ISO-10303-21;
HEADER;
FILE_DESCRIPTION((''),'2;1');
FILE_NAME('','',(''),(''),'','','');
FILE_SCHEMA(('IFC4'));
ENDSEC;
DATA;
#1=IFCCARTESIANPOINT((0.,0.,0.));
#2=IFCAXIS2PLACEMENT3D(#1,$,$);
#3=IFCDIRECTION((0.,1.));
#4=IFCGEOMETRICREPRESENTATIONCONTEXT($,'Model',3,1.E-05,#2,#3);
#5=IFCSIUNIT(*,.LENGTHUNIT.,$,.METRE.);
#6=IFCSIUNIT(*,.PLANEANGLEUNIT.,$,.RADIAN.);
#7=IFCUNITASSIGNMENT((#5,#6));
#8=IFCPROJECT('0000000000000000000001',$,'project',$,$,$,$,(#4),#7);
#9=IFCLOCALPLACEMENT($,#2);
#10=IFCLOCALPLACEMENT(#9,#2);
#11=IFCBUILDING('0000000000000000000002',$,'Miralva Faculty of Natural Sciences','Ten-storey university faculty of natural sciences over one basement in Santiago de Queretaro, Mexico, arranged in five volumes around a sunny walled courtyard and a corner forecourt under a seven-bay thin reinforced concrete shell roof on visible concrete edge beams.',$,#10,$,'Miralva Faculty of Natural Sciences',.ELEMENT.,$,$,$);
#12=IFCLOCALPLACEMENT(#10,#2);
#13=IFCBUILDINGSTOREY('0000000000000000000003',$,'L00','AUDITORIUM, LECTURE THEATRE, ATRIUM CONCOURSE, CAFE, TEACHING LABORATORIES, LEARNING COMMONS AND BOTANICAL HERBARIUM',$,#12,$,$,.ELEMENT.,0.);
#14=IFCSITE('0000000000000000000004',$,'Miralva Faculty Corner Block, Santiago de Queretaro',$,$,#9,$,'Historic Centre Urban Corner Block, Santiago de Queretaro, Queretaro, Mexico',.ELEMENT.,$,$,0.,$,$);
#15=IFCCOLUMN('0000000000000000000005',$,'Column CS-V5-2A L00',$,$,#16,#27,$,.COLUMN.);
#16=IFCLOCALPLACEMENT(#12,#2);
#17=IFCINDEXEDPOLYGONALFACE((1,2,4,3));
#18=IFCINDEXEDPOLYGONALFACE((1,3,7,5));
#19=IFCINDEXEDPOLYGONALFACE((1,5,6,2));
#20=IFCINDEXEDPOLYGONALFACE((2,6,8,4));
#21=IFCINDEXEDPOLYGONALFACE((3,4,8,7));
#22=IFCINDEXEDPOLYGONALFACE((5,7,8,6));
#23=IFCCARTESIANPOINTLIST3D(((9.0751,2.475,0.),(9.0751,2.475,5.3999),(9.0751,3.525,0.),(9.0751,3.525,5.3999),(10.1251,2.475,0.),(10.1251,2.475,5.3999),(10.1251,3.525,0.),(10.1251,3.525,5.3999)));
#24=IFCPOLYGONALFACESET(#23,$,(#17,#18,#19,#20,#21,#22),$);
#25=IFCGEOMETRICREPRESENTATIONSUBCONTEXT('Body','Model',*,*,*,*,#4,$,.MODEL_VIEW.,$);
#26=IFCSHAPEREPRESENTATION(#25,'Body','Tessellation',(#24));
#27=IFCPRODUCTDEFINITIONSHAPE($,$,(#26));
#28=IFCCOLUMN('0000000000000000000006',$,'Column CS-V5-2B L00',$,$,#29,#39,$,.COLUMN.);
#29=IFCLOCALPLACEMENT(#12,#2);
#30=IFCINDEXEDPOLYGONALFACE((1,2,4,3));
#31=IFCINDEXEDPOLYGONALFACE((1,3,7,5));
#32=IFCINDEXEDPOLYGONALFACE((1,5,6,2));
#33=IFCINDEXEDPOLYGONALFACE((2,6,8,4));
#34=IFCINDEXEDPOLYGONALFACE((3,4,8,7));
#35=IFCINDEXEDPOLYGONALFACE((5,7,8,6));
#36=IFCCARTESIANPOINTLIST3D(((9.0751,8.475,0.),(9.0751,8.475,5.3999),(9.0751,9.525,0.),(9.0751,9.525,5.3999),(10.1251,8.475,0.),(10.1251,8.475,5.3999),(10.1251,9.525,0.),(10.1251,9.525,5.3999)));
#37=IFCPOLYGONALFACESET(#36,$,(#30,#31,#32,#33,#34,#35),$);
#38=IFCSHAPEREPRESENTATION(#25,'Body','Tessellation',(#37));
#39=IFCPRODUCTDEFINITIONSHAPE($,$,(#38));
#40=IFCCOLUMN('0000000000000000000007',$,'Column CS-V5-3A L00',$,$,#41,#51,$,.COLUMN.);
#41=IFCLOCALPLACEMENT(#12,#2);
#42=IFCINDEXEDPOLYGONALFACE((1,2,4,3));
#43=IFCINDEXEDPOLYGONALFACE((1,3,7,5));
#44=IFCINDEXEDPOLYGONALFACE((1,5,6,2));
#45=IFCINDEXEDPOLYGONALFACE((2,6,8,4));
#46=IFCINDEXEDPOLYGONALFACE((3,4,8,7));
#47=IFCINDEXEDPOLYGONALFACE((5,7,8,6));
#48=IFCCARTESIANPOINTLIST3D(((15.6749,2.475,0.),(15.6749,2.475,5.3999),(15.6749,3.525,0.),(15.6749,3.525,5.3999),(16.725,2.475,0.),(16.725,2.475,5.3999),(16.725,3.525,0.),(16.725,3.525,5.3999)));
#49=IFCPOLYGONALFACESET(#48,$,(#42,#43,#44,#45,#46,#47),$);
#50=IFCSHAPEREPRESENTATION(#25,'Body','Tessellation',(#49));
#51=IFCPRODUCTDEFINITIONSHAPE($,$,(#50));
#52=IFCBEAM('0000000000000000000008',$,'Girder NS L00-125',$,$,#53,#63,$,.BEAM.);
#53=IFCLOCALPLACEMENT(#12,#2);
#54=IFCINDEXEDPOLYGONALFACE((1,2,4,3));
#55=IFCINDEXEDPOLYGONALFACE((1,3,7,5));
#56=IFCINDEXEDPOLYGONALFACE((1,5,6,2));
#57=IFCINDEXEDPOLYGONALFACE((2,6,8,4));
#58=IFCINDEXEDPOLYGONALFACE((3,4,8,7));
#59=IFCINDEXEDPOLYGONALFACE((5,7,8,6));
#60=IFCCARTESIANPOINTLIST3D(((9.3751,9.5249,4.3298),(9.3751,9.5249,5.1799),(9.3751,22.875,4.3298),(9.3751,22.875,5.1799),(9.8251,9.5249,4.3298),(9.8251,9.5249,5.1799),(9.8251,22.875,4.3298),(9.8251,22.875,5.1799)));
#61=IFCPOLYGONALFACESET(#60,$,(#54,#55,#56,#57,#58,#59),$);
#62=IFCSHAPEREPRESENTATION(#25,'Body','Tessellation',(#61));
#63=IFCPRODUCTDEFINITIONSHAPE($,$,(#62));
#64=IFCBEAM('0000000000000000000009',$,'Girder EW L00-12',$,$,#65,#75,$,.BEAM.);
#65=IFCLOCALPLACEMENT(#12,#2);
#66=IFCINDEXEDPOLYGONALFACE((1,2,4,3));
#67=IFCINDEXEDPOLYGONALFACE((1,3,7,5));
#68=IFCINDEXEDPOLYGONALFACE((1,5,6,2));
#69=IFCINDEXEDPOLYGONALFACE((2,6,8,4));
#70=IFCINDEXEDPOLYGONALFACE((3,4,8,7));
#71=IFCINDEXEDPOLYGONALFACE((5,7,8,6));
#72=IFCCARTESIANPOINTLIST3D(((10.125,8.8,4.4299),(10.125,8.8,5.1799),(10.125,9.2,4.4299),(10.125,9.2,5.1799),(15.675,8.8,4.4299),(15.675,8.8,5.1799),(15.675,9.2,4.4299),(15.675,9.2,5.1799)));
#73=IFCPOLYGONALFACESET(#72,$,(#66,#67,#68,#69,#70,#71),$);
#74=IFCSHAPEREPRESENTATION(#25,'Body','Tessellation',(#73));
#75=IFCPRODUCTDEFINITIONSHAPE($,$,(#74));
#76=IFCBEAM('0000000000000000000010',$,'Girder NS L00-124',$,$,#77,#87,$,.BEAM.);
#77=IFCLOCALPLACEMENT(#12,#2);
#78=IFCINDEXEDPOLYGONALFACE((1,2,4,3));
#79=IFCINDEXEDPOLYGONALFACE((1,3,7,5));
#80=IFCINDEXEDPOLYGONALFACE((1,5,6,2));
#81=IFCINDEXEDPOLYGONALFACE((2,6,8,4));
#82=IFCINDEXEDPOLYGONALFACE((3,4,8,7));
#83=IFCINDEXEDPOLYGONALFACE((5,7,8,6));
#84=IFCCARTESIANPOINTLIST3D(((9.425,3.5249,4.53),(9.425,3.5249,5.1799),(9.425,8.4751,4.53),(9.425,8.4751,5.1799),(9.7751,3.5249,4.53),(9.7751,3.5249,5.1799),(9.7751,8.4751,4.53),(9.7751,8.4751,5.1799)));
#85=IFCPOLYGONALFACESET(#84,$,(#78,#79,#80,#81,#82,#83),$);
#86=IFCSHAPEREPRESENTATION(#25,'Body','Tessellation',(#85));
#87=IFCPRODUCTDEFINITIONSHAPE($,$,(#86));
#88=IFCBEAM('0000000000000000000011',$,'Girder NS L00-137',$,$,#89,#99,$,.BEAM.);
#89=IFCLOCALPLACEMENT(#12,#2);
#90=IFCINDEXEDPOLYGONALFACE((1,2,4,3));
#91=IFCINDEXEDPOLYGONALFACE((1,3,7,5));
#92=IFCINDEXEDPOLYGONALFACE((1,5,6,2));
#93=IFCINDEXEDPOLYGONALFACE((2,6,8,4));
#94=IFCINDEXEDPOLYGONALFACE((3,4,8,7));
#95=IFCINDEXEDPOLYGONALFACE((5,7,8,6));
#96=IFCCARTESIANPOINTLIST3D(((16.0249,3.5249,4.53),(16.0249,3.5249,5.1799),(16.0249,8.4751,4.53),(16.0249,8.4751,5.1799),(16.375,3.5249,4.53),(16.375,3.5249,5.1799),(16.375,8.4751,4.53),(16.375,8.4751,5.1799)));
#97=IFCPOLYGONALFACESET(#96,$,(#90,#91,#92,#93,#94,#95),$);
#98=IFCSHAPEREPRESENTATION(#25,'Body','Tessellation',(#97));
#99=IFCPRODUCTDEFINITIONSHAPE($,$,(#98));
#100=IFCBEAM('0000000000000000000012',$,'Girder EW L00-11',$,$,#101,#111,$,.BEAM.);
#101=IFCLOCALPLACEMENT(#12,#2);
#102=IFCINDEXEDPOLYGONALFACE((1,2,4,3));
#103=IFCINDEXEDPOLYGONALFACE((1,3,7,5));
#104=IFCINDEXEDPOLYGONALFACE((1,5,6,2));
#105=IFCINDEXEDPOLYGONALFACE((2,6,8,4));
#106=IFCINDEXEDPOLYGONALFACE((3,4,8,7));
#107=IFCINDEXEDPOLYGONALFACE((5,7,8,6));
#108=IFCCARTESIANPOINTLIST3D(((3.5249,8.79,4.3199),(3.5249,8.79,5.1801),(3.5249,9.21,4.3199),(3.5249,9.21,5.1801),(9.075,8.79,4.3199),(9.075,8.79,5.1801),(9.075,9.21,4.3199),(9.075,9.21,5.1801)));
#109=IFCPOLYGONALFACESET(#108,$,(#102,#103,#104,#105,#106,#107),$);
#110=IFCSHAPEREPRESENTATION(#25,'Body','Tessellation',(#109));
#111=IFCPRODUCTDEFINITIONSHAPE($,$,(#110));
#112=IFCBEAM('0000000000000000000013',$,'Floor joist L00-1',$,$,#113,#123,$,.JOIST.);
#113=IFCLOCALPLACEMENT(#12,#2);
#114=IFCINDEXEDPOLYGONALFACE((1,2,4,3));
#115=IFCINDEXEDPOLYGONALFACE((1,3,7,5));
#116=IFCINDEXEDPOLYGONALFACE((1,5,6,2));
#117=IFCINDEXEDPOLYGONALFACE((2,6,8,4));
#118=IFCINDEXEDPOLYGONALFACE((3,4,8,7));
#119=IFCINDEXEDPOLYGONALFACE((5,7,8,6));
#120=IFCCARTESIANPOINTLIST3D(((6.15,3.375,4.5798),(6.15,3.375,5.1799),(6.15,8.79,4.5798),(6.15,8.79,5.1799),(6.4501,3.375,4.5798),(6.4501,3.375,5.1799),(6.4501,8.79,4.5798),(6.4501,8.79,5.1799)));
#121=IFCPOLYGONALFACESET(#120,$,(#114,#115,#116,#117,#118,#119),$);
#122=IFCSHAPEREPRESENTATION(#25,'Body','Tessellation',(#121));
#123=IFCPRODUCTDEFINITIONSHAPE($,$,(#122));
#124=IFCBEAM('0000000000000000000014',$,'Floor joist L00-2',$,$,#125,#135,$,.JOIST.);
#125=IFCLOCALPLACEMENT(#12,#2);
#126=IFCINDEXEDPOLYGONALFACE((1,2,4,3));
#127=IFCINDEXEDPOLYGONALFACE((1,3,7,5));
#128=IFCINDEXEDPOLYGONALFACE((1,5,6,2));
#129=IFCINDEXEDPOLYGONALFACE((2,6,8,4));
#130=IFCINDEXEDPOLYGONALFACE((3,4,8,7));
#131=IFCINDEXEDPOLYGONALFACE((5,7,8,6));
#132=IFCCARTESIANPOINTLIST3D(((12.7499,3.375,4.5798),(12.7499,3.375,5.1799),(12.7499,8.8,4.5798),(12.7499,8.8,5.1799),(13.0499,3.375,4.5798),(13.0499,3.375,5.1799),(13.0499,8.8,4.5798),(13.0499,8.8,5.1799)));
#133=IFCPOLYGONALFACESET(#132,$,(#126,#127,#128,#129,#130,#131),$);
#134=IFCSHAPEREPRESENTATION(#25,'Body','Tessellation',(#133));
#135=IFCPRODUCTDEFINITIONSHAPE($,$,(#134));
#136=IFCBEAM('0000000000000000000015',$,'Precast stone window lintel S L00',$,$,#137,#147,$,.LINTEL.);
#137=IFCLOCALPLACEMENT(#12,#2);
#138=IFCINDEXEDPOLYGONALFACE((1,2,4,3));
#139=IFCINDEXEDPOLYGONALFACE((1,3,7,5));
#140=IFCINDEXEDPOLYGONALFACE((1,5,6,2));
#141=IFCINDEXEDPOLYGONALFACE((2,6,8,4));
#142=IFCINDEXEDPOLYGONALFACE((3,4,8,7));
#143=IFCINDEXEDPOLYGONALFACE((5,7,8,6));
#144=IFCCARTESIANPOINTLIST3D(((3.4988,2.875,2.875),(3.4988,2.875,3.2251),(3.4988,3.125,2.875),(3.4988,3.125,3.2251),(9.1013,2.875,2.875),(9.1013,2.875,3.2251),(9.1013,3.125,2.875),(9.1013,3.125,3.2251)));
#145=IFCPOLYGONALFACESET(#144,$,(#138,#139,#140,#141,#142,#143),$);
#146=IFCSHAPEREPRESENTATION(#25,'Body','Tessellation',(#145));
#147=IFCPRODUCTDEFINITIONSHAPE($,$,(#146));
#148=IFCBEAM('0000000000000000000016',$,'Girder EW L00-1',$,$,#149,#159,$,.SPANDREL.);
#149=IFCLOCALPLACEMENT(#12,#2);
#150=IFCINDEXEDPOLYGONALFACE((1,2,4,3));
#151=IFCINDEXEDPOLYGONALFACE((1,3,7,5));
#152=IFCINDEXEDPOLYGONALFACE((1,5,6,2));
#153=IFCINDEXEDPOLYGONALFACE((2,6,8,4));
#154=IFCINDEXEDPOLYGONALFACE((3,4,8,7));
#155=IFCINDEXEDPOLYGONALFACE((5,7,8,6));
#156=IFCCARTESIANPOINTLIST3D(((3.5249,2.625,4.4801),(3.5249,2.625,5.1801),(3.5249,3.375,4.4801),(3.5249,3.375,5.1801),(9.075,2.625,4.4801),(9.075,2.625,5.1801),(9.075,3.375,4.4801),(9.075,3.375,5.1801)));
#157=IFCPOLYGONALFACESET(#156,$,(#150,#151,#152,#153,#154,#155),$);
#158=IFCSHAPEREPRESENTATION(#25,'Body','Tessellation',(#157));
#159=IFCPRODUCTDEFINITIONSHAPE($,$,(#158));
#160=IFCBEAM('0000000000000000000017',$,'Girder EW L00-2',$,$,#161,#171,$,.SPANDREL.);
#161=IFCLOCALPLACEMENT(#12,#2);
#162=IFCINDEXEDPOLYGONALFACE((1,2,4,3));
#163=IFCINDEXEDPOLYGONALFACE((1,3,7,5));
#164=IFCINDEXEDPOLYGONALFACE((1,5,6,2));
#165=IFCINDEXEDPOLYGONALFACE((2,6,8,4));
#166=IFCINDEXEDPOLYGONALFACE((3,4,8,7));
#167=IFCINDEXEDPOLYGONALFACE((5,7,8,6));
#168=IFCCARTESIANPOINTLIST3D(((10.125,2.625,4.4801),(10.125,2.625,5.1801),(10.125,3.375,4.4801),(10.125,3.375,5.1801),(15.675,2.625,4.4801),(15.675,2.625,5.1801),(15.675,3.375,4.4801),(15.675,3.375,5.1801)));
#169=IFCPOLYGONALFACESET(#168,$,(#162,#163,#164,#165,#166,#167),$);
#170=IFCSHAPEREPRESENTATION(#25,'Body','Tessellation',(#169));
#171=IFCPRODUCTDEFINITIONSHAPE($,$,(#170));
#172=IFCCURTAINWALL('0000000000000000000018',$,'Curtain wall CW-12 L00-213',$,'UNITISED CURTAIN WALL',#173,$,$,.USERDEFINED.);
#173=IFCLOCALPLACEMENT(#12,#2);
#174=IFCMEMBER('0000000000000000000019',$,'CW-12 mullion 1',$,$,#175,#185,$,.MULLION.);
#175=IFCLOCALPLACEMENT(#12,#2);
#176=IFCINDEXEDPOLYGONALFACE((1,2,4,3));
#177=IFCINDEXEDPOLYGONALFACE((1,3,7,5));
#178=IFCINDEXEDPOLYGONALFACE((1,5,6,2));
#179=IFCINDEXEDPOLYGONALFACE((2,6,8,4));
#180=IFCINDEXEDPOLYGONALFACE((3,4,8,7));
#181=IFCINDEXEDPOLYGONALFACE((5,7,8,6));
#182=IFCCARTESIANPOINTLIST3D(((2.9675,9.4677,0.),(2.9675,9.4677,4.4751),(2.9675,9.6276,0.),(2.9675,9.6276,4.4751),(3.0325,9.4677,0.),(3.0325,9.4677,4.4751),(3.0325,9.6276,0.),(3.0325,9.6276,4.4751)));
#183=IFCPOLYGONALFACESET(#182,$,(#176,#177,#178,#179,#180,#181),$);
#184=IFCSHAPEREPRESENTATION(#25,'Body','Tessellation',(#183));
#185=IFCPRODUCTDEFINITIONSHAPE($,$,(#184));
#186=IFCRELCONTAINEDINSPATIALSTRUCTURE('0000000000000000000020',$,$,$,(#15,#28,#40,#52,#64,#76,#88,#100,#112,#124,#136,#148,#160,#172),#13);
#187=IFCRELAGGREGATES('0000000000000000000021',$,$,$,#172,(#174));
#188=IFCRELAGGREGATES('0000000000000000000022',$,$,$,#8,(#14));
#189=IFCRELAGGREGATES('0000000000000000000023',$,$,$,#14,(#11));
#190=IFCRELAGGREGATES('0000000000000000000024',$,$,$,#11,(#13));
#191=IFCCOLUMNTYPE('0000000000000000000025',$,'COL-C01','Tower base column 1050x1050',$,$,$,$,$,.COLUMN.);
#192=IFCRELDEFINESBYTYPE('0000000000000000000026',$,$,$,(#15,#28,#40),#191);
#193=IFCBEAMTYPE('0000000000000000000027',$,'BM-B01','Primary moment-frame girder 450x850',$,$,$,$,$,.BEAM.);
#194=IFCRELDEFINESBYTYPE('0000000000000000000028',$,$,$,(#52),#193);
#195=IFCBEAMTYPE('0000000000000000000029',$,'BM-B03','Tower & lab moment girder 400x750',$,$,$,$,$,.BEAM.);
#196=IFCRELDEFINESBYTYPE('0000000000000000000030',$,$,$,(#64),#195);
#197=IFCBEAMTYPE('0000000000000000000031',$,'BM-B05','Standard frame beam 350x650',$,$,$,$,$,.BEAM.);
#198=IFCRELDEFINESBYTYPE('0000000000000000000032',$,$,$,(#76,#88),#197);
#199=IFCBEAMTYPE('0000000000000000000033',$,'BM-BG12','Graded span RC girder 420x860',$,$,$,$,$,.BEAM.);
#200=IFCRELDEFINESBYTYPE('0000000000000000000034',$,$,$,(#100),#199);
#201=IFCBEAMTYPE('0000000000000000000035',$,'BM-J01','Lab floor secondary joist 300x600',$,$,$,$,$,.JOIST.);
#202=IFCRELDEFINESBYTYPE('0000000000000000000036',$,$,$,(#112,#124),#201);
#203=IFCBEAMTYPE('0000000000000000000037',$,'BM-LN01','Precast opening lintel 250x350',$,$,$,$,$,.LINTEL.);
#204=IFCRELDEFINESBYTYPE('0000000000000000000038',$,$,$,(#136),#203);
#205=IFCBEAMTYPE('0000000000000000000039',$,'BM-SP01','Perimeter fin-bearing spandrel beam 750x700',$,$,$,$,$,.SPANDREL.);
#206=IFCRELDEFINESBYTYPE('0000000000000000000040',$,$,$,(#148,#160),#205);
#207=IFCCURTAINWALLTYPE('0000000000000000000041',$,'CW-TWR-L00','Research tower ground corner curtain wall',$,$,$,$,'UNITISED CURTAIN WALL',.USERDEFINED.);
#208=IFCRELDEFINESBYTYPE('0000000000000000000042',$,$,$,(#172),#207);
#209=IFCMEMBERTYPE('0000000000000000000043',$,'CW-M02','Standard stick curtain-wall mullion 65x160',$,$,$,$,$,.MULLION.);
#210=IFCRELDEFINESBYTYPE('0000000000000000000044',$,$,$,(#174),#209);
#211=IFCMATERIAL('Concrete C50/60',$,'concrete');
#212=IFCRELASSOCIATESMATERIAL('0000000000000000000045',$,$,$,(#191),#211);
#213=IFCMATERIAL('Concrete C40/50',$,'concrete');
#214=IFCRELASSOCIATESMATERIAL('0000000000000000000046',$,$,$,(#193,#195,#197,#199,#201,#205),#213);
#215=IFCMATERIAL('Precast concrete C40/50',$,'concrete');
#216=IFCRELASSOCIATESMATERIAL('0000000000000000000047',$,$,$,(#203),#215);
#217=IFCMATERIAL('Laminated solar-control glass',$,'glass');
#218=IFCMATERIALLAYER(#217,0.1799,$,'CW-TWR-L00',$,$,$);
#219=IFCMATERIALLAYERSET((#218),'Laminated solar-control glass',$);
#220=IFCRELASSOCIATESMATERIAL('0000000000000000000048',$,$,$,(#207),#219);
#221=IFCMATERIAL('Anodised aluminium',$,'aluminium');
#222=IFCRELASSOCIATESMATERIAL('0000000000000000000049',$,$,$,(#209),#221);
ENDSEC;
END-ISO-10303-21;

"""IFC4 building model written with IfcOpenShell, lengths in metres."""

from ifc_helpers import new_model, si_unit, direction, frame, origin, origin_2d, place, context, subcontext, project, spatial, rectangle, extrude, material, layer, layer_set, material_profile, profile_set, type_object, element, aggregate, save


model = new_model("IFC4")

# Units and contexts
model_context = context("Model", 3, precision=1e-05, world=origin(), true_north=direction((0.0, 1.0)))
body_context = subcontext(model_context, "Body", "Model", "MODEL_VIEW")
ifc_project = project(units=[si_unit("LENGTHUNIT", "METRE"), si_unit("PLANEANGLEUNIT", "RADIAN")], contexts=[model_context])

# Site, building, storey
site_placement = place(None, origin())
site = spatial("IfcSite", under=ifc_project, at=site_placement, Name="Miralva Faculty Corner Block, Santiago de Queretaro", LongName="Historic Centre Urban Corner Block, Santiago de Queretaro, Queretaro, Mexico", CompositionType="ELEMENT", RefElevation=0.0)
building_placement = place(site_placement, origin())
building = spatial("IfcBuilding", under=site, at=building_placement, Name="Miralva Faculty of Natural Sciences", Description="Ten-storey university faculty of natural sciences over one basement in Santiago de Queretaro, Mexico, arranged in five volumes around a sunny walled courtyard and a corner forecourt under a seven-bay thin reinforced concrete shell roof on visible concrete edge beams.", LongName="Miralva Faculty of Natural Sciences", CompositionType="ELEMENT")
storey_placement = place(building_placement, origin())
storey = spatial("IfcBuildingStorey", under=building, at=storey_placement, Name="L00", Description="AUDITORIUM, LECTURE THEATRE, ATRIUM CONCOURSE, CAFE, TEACHING LABORATORIES, LEARNING COMMONS AND BOTANICAL HERBARIUM", CompositionType="ELEMENT", Elevation=0.0)

# Columns
ifc_material_1 = material(Name="Concrete C50/60", Category="concrete")
ifc_material_profile_1 = material_profile(ifc_material_1, rectangle(XDim=1.05, YDim=1.05, at=origin_2d()), Name="RC 1050x1050")
ifc_profile_set_1 = profile_set([ifc_material_profile_1], Name="Concrete C50/60")
column_type = type_object("IfcColumnType", Name="COL-C01", Description="Tower base column 1050x1050", PredefinedType="COLUMN", material=ifc_profile_set_1)
for number, where, z_axis, x_axis, name in (
    (1, (9.6001, 3.0, 0.0), (0.0, 0.0, 1.0), (1.0, 0.0, 0.0), "Column CS-V5-2A L00"),
    (2, (9.6001, 9.0, 0.0), (0.0, 0.0, 1.0), (1.0, 0.0, 0.0), "Column CS-V5-2B L00"),
    (3, (16.2, 3.0, 0.0), (0.0, 0.0, 1.0), (1.0, 0.0, 0.0), "Column CS-V5-3A L00"),
):
    element("IfcColumn", number, at=place(storey_placement, frame(where, z_axis=z_axis, x_axis=x_axis)), inside=storey, type_object=column_type, Name=name, PredefinedType="COLUMN", context=body_context, shape_type="SweptSolid", body=[
        extrude(rectangle(XDim=1.05, YDim=1.05, at=origin_2d()), origin(), (0.0, 0.0, 1.0), 5.3999),
    ])

# Beams
ifc_material_2 = material(Name="Concrete C40/50", Category="concrete")
ifc_material_profile_2 = material_profile(ifc_material_2, rectangle(XDim=0.45, YDim=0.8501, at=origin_2d()), Name="RC 450x850")
ifc_profile_set_2 = profile_set([ifc_material_profile_2], Name="Concrete C40/50")
beam_type_1 = type_object("IfcBeamType", Name="BM-B01", Description="Primary moment-frame girder 450x850", PredefinedType="BEAM", material=ifc_profile_set_2)
beam_1_placement = place(storey_placement, frame((9.6001, 9.5249, 4.7549), z_axis=(0.0, 1.0, 0.0), x_axis=(-1.0, 0.0, 0.0)))
element("IfcBeam", 4, at=beam_1_placement, inside=storey, type_object=beam_type_1, Name="Girder NS L00-125", PredefinedType="BEAM", context=body_context, shape_type="SweptSolid", body=[
    extrude(rectangle(XDim=0.45, YDim=0.8501, at=origin_2d()), origin(), (0.0, 0.0, 1.0), 13.3501),
])
ifc_material_profile_3 = material_profile(ifc_material_2, rectangle(XDim=0.3999, YDim=0.75, at=origin_2d()), Name="RC 400x750")
ifc_profile_set_3 = profile_set([ifc_material_profile_3], Name="Concrete C40/50")
beam_type_2 = type_object("IfcBeamType", Name="BM-B03", Description="Tower & lab moment girder 400x750", PredefinedType="BEAM", material=ifc_profile_set_3)
beam_2_placement = place(storey_placement, frame((10.125, 9.0, 4.8049), z_axis=(1.0, 0.0, 0.0), x_axis=(0.0, 1.0, 0.0)))
element("IfcBeam", 5, at=beam_2_placement, inside=storey, type_object=beam_type_2, Name="Girder EW L00-12", PredefinedType="BEAM", context=body_context, shape_type="SweptSolid", body=[
    extrude(rectangle(XDim=0.3999, YDim=0.75, at=origin_2d()), origin(), (0.0, 0.0, 1.0), 5.55),
])
ifc_material_profile_4 = material_profile(ifc_material_2, rectangle(XDim=0.3501, YDim=0.6499, at=origin_2d()), Name="RC 350x650")
ifc_profile_set_4 = profile_set([ifc_material_profile_4], Name="Concrete C40/50")
beam_type_3 = type_object("IfcBeamType", Name="BM-B05", Description="Standard frame beam 350x650", PredefinedType="BEAM", material=ifc_profile_set_4)
for number, where, z_axis, x_axis, name in (
    (6, (9.6001, 3.5249, 4.855), (0.0, 1.0, 0.0), (-1.0, 0.0, 0.0), "Girder NS L00-124"),
    (7, (16.2, 3.5249, 4.855), (0.0, 1.0, 0.0), (-1.0, 0.0, 0.0), "Girder NS L00-137"),
):
    element("IfcBeam", number, at=place(storey_placement, frame(where, z_axis=z_axis, x_axis=x_axis)), inside=storey, type_object=beam_type_3, Name=name, PredefinedType="BEAM", context=body_context, shape_type="SweptSolid", body=[
        extrude(rectangle(XDim=0.3501, YDim=0.6499, at=origin_2d()), origin(), (0.0, 0.0, 1.0), 4.9502),
    ])
ifc_material_profile_5 = material_profile(ifc_material_2, rectangle(XDim=0.4199, YDim=0.8601, at=origin_2d()), Name="RC 420x860")
ifc_profile_set_5 = profile_set([ifc_material_profile_5], Name="Concrete C40/50")
beam_type_4 = type_object("IfcBeamType", Name="BM-BG12", Description="Graded span RC girder 420x860", PredefinedType="BEAM", material=ifc_profile_set_5)
beam_3_placement = place(storey_placement, frame((3.5249, 9.0, 4.75), z_axis=(1.0, 0.0, 0.0), x_axis=(0.0, 1.0, 0.0)))
element("IfcBeam", 8, at=beam_3_placement, inside=storey, type_object=beam_type_4, Name="Girder EW L00-11", PredefinedType="BEAM", context=body_context, shape_type="SweptSolid", body=[
    extrude(rectangle(XDim=0.4199, YDim=0.8601, at=origin_2d()), origin(), (0.0, 0.0, 1.0), 5.55),
])
ifc_material_profile_6 = material_profile(ifc_material_2, rectangle(XDim=0.3, YDim=0.6001, at=origin_2d()), Name="RC 300x600")
ifc_profile_set_6 = profile_set([ifc_material_profile_6], Name="Concrete C40/50")
beam_type_5 = type_object("IfcBeamType", Name="BM-J01", Description="Lab floor secondary joist 300x600", PredefinedType="JOIST", material=ifc_profile_set_6)
beam_4_placement = place(storey_placement, frame((6.3, 3.375, 4.8799), z_axis=(0.0, 1.0, 0.0), x_axis=(-1.0, 0.0, 0.0)))
element("IfcBeam", 9, at=beam_4_placement, inside=storey, type_object=beam_type_5, Name="Floor joist L00-1", PredefinedType="JOIST", context=body_context, shape_type="SweptSolid", body=[
    extrude(rectangle(XDim=0.3, YDim=0.6001, at=origin_2d()), origin(), (0.0, 0.0, 1.0), 5.415),
])
beam_5_placement = place(storey_placement, frame((12.8999, 3.375, 4.8799), z_axis=(0.0, 1.0, 0.0), x_axis=(-1.0, 0.0, 0.0)))
element("IfcBeam", 10, at=beam_5_placement, inside=storey, type_object=beam_type_5, Name="Floor joist L00-2", PredefinedType="JOIST", context=body_context, shape_type="SweptSolid", body=[
    extrude(rectangle(XDim=0.3, YDim=0.6001, at=origin_2d()), origin(), (0.0, 0.0, 1.0), 5.425),
])
ifc_material_3 = material(Name="Precast concrete C40/50", Category="concrete")
ifc_material_profile_7 = material_profile(ifc_material_3, rectangle(XDim=0.25, YDim=0.3501, at=origin_2d()), Name="RC 250x350")
ifc_profile_set_7 = profile_set([ifc_material_profile_7], Name="Precast concrete C40/50")
beam_type_6 = type_object("IfcBeamType", Name="BM-LN01", Description="Precast opening lintel 250x350", PredefinedType="LINTEL", material=ifc_profile_set_7)
beam_6_placement = place(storey_placement, frame((3.4988, 3.0, 3.05), z_axis=(1.0, 0.0, 0.0), x_axis=(0.0, 1.0, 0.0)))
element("IfcBeam", 11, at=beam_6_placement, inside=storey, type_object=beam_type_6, Name="Precast stone window lintel S L00", PredefinedType="LINTEL", context=body_context, shape_type="SweptSolid", body=[
    extrude(rectangle(XDim=0.25, YDim=0.3501, at=origin_2d()), origin(), (0.0, 0.0, 1.0), 5.6025),
])
ifc_material_profile_8 = material_profile(ifc_material_2, rectangle(XDim=0.75, YDim=0.7, at=origin_2d()), Name="RC 750x700")
ifc_profile_set_8 = profile_set([ifc_material_profile_8], Name="Concrete C40/50")
beam_type_7 = type_object("IfcBeamType", Name="BM-SP01", Description="Perimeter fin-bearing spandrel beam 750x700", PredefinedType="SPANDREL", material=ifc_profile_set_8)
for number, where, z_axis, x_axis, name in (
    (12, (3.5249, 3.0, 4.8301), (1.0, 0.0, 0.0), (0.0, 1.0, 0.0), "Girder EW L00-1"),
    (13, (10.125, 3.0, 4.8301), (1.0, 0.0, 0.0), (0.0, 1.0, 0.0), "Girder EW L00-2"),
):
    element("IfcBeam", number, at=place(storey_placement, frame(where, z_axis=z_axis, x_axis=x_axis)), inside=storey, type_object=beam_type_7, Name=name, PredefinedType="SPANDREL", context=body_context, shape_type="SweptSolid", body=[
        extrude(rectangle(XDim=0.75, YDim=0.7, at=origin_2d()), origin(), (0.0, 0.0, 1.0), 5.55),
    ])

# Curtain wall, member
ifc_material_4 = material(Name="Laminated solar-control glass", Category="glass")
ifc_layer_1 = layer(ifc_material_4, 0.1799, Name="CW-TWR-L00")
ifc_layer_set_1 = layer_set([ifc_layer_1], Name="Laminated solar-control glass")
curtain_wall_type = type_object("IfcCurtainWallType", Name="CW-TWR-L00", Description="Research tower ground corner curtain wall", ElementType="UNITISED CURTAIN WALL", PredefinedType="USERDEFINED", material=ifc_layer_set_1)
curtain_wall_placement = place(storey_placement, origin())
curtain_wall = element("IfcCurtainWall", 14, at=curtain_wall_placement, inside=storey, type_object=curtain_wall_type, Name="Curtain wall CW-12 L00-213", ObjectType="UNITISED CURTAIN WALL", PredefinedType="USERDEFINED")
ifc_material_5 = material(Name="Anodised aluminium", Category="aluminium")
ifc_material_profile_9 = material_profile(ifc_material_5, rectangle(XDim=0.0649, YDim=0.1599, at=origin_2d()), Name="MULLION 65x160")
ifc_profile_set_9 = profile_set([ifc_material_profile_9], Name="Anodised aluminium")
member_type_1 = type_object("IfcMemberType", Name="CW-M02", Description="Standard stick curtain-wall mullion 65x160", PredefinedType="MULLION", material=ifc_profile_set_9)
member_1_placement = place(storey_placement, frame((3.0, 9.5476, 0.0), z_axis=(0.0, 0.0, 1.0), x_axis=(-1.0, 0.0, 0.0)))
member_1 = element("IfcMember", 15, at=member_1_placement, type_object=member_type_1, Name="CW-12 mullion 1", PredefinedType="MULLION", context=body_context, shape_type="SweptSolid", body=[
    extrude(rectangle(XDim=0.0649, YDim=0.1599, at=origin_2d()), origin(), (0.0, 0.0, 1.0), 4.4751),
])
aggregate(curtain_wall, [member_1])

save(model, "model.ifc")
